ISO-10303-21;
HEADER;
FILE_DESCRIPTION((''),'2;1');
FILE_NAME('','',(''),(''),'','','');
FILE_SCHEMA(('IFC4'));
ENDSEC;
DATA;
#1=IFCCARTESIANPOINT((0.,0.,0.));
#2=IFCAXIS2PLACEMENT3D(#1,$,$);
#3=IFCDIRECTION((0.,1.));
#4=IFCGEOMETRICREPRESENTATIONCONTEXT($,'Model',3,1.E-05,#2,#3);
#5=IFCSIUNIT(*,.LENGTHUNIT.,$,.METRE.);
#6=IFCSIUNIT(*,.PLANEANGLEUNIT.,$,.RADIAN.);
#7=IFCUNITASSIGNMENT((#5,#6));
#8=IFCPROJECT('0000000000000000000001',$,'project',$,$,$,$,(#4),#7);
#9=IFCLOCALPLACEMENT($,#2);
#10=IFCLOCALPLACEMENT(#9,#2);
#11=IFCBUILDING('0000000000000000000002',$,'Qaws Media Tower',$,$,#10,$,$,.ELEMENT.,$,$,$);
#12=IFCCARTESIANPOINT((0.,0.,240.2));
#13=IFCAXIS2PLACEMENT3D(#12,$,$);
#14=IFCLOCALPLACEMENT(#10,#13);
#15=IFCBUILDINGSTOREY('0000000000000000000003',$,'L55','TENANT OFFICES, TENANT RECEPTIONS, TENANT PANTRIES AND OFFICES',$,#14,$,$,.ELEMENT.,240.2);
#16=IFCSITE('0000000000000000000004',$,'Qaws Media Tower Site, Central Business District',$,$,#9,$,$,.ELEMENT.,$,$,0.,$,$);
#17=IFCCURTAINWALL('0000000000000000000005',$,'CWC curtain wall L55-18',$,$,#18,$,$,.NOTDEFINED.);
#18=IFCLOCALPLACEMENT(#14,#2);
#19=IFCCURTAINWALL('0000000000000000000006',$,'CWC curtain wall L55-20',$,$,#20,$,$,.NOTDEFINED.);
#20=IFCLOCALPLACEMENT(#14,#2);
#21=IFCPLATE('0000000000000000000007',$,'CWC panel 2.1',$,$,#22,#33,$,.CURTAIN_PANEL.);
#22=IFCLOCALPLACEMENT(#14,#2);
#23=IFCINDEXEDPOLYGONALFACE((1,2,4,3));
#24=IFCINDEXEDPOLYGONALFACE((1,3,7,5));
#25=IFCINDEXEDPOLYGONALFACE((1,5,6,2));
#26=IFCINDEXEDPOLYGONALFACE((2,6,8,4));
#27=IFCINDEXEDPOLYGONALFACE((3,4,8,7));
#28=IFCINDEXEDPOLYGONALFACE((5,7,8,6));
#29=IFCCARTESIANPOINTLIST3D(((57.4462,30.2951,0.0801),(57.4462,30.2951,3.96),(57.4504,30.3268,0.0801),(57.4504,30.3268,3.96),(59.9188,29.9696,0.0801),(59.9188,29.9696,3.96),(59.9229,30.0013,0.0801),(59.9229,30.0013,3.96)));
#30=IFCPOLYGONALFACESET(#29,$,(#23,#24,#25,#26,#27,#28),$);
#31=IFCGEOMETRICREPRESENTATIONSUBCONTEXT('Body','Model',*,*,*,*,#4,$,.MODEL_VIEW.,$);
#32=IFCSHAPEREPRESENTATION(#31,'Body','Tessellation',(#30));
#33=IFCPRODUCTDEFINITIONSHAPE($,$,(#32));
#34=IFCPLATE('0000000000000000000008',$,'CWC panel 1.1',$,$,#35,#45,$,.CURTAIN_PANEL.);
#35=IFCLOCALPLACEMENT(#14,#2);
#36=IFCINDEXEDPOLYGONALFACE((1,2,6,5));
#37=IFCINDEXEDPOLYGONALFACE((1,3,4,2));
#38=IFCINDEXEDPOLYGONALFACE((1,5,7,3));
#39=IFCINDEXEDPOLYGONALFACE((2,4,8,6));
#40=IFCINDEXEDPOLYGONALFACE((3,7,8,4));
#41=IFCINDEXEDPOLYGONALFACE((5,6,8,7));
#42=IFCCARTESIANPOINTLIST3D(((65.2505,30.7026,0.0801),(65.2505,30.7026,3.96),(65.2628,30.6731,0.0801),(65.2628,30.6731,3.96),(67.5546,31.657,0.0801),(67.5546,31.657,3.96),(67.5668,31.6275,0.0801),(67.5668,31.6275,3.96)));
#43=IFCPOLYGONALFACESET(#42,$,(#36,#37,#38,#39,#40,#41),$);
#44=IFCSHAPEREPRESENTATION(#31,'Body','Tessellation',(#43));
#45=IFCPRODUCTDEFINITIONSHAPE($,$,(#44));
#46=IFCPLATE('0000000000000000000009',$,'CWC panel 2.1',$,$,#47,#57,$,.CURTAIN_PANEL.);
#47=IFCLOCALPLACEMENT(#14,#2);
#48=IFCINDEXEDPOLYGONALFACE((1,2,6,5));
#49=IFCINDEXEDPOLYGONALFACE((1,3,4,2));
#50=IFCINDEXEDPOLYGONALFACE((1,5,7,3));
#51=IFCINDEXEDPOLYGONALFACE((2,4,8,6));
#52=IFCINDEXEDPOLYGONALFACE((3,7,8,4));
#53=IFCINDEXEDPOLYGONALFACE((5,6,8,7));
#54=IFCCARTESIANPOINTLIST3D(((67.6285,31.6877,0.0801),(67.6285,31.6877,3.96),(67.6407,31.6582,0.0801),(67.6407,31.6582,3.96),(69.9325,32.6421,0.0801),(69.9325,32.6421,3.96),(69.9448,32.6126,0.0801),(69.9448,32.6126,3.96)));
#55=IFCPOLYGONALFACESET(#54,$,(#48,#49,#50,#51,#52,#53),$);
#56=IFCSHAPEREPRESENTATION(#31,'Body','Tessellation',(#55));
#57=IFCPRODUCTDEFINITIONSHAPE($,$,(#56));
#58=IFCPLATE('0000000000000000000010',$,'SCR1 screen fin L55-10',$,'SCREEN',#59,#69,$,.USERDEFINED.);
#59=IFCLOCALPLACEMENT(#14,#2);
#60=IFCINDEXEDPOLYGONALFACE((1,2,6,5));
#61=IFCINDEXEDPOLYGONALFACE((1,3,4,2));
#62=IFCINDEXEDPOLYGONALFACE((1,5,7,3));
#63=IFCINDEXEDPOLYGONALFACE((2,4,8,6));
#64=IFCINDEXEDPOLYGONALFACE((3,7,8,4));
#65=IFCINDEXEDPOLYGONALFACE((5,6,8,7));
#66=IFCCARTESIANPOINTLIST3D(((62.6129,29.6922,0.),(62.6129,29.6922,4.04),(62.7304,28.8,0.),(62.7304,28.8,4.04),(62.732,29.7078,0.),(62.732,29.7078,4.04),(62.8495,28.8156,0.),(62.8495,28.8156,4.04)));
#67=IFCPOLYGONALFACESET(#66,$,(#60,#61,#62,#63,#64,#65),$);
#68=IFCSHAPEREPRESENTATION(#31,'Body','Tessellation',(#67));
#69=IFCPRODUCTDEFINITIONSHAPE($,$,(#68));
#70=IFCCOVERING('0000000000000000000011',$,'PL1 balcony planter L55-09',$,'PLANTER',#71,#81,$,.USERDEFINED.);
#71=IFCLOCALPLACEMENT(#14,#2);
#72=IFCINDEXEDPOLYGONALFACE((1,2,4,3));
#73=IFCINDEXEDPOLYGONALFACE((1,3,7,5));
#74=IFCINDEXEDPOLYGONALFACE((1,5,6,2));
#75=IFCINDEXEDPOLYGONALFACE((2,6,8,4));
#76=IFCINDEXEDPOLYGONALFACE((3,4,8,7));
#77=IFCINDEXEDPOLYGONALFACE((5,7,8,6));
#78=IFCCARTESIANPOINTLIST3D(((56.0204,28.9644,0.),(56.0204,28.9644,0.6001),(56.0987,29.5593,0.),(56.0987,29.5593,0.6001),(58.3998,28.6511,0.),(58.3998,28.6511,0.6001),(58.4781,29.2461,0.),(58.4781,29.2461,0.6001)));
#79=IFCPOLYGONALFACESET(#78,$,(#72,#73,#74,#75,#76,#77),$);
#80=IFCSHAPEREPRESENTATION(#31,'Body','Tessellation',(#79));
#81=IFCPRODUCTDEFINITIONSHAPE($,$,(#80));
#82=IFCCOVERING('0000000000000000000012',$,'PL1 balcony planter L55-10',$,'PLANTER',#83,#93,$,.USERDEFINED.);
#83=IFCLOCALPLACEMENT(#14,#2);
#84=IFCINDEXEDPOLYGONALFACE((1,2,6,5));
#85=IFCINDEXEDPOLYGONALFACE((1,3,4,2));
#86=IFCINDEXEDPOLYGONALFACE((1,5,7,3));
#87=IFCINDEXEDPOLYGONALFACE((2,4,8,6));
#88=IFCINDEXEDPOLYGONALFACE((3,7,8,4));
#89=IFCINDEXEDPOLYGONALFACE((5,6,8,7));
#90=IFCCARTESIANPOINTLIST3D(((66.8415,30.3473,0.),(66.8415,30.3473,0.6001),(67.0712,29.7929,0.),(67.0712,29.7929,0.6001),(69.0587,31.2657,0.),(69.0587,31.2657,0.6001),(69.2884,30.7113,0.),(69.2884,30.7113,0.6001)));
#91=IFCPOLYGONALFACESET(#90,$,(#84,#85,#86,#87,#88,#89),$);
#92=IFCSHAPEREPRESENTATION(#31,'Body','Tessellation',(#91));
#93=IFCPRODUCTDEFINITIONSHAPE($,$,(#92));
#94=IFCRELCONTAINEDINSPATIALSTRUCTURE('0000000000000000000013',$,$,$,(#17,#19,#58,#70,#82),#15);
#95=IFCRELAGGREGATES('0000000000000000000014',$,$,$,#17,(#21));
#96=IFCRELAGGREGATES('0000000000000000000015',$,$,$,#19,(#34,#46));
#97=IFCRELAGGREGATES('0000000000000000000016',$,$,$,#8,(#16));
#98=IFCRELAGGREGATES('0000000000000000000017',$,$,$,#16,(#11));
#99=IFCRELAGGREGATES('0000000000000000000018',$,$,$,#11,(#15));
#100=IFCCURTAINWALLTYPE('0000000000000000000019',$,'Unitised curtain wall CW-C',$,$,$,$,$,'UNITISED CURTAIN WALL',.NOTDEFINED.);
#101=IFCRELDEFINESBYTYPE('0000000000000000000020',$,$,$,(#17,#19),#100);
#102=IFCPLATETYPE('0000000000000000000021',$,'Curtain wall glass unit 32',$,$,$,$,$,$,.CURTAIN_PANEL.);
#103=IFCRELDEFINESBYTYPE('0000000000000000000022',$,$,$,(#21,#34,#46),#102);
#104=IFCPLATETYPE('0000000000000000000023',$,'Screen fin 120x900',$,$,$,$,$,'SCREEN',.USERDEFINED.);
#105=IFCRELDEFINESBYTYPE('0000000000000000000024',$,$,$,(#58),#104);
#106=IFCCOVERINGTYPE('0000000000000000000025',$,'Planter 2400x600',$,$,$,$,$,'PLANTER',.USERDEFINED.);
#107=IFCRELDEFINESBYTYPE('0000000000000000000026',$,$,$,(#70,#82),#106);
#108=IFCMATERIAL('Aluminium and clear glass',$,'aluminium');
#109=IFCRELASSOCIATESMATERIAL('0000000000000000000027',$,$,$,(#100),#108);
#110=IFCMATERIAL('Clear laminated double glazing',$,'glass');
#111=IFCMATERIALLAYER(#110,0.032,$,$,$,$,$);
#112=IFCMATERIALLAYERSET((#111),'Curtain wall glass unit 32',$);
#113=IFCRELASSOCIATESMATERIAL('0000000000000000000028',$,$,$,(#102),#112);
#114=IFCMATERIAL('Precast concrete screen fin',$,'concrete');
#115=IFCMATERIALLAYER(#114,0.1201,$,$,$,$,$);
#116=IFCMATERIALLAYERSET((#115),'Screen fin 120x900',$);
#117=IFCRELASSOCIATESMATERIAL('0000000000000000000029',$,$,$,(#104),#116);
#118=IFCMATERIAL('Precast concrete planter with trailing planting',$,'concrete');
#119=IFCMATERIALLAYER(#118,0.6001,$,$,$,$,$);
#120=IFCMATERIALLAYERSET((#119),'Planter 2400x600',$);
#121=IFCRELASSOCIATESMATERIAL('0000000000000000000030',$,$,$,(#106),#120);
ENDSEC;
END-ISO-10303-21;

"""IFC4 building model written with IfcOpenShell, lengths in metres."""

from ifc_helpers import new_model, si_unit, direction, frame, origin, origin_2d, place, context, subcontext, project, spatial, rectangle, extrude, material, layer, layer_set, type_object, element, aggregate, save


model = new_model("IFC4")

# Units and contexts
model_context = context("Model", 3, precision=1e-05, world=origin(), true_north=direction((0.0, 1.0)))
body_context = subcontext(model_context, "Body", "Model", "MODEL_VIEW")
ifc_project = project(units=[si_unit("LENGTHUNIT", "METRE"), si_unit("PLANEANGLEUNIT", "RADIAN")], contexts=[model_context])

# Site, building, storey
site_placement = place(None, origin())
site = spatial("IfcSite", under=ifc_project, at=site_placement, Name="Qaws Media Tower Site, Central Business District", CompositionType="ELEMENT", RefElevation=0.0)
building_placement = place(site_placement, origin())
building = spatial("IfcBuilding", under=site, at=building_placement, Name="Qaws Media Tower", CompositionType="ELEMENT")
storey_placement = place(building_placement, frame((0.0, 0.0, 240.2)))
storey = spatial("IfcBuildingStorey", under=building, at=storey_placement, Name="L55", Description="TENANT OFFICES, TENANT RECEPTIONS, TENANT PANTRIES AND OFFICES", CompositionType="ELEMENT", Elevation=240.2)

# Curtain walls
ifc_material_1 = material(Name="Aluminium and clear glass", Category="aluminium")
curtain_wall_type = type_object("IfcCurtainWallType", Name="Unitised curtain wall CW-C", ElementType="UNITISED CURTAIN WALL", PredefinedType="NOTDEFINED", material=ifc_material_1)
curtain_wall_1_placement = place(storey_placement, origin())
curtain_wall_1 = element("IfcCurtainWall", 1, at=curtain_wall_1_placement, inside=storey, type_object=curtain_wall_type, Name="CWC curtain wall L55-18", PredefinedType="NOTDEFINED")
curtain_wall_2_placement = place(storey_placement, origin())
curtain_wall_2 = element("IfcCurtainWall", 2, at=curtain_wall_2_placement, inside=storey, type_object=curtain_wall_type, Name="CWC curtain wall L55-20", PredefinedType="NOTDEFINED")

# Plates
ifc_material_2 = material(Name="Clear laminated double glazing", Category="glass")
ifc_layer_1 = layer(ifc_material_2, 0.032)
ifc_layer_set_1 = layer_set([ifc_layer_1], Name="Curtain wall glass unit 32")
plate_type_1 = type_object("IfcPlateType", Name="Curtain wall glass unit 32", PredefinedType="CURTAIN_PANEL", material=ifc_layer_set_1)
plate_1_placement = place(storey_placement, frame((58.6846, 30.1482, 0.0801), z_axis=(0.0, 0.0, 1.0), x_axis=(0.991445, -0.130526, 0.0)))
plate_1 = element("IfcPlate", 3, at=plate_1_placement, type_object=plate_type_1, Name="CWC panel 2.1", PredefinedType="CURTAIN_PANEL", context=body_context, shape_type="SweptSolid", body=[
    extrude(rectangle(XDim=2.4939, YDim=0.032, at=origin_2d()), origin(), (0.0, 0.0, 1.0), 3.8799),
])
aggregate(curtain_wall_1, [plate_1])
plate_2_placement = place(storey_placement, frame((66.4087, 31.165, 0.0801), z_axis=(0.0, 0.0, 1.0), x_axis=(0.92388, 0.382683, 0.0)))
plate_2 = element("IfcPlate", 4, at=plate_2_placement, type_object=plate_type_1, Name="CWC panel 1.1", PredefinedType="CURTAIN_PANEL", context=body_context, shape_type="SweptSolid", body=[
    extrude(rectangle(XDim=2.4939, YDim=0.032, at=origin_2d()), origin(), (0.0, 0.0, 1.0), 3.8799),
])
plate_3_placement = place(storey_placement, frame((68.7866, 32.1501, 0.0801), z_axis=(0.0, 0.0, 1.0), x_axis=(0.92388, 0.382683, 0.0)))
plate_3 = element("IfcPlate", 5, at=plate_3_placement, type_object=plate_type_1, Name="CWC panel 2.1", PredefinedType="CURTAIN_PANEL", context=body_context, shape_type="SweptSolid", body=[
    extrude(rectangle(XDim=2.4939, YDim=0.032, at=origin_2d()), origin(), (0.0, 0.0, 1.0), 3.8799),
])
aggregate(curtain_wall_2, [plate_2, plate_3])
ifc_material_3 = material(Name="Precast concrete screen fin", Category="concrete")
ifc_layer_2 = layer(ifc_material_3, 0.1201)
ifc_layer_set_2 = layer_set([ifc_layer_2], Name="Screen fin 120x900")
plate_type_2 = type_object("IfcPlateType", Name="Screen fin 120x900", ElementType="SCREEN", PredefinedType="USERDEFINED", material=ifc_layer_set_2)
plate_4_placement = place(storey_placement, frame((62.7312, 29.2539, 0.0), z_axis=(0.0, 0.0, 1.0), x_axis=(0.130526, -0.991445, 0.0)))
element("IfcPlate", 6, at=plate_4_placement, inside=storey, type_object=plate_type_2, Name="SCR1 screen fin L55-10", ObjectType="SCREEN", PredefinedType="USERDEFINED", context=body_context, shape_type="SweptSolid", body=[
    extrude(rectangle(XDim=0.8999, YDim=0.1201, at=origin_2d()), origin(), (0.0, 0.0, 1.0), 4.04),
])

# Coverings
ifc_material_4 = material(Name="Precast concrete planter with trailing planting", Category="concrete")
ifc_layer_3 = layer(ifc_material_4, 0.6001)
ifc_layer_set_3 = layer_set([ifc_layer_3], Name="Planter 2400x600")
covering_type = type_object("IfcCoveringType", Name="Planter 2400x600", ElementType="PLANTER", PredefinedType="USERDEFINED", material=ifc_layer_set_3)
for number, where, z_axis, x_axis, name in (
    (7, (57.2493, 29.1052, 0.0), (0.0, 0.0, 1.0), (0.991445, -0.130526, 0.0), "PL1 balcony planter L55-09"),
    (8, (68.0649, 30.5293, 0.0), (0.0, 0.0, 1.0), (0.92388, 0.382683, 0.0), "PL1 balcony planter L55-10"),
):
    element("IfcCovering", number, at=place(storey_placement, frame(where, z_axis=z_axis, x_axis=x_axis)), inside=storey, type_object=covering_type, Name=name, ObjectType="PLANTER", PredefinedType="USERDEFINED", context=body_context, shape_type="SweptSolid", body=[
        extrude(rectangle(XDim=2.3999, YDim=0.6001, at=origin_2d()), origin(), (0.0, 0.0, 1.0), 0.6001),
    ])

save(model, "model.ifc")
